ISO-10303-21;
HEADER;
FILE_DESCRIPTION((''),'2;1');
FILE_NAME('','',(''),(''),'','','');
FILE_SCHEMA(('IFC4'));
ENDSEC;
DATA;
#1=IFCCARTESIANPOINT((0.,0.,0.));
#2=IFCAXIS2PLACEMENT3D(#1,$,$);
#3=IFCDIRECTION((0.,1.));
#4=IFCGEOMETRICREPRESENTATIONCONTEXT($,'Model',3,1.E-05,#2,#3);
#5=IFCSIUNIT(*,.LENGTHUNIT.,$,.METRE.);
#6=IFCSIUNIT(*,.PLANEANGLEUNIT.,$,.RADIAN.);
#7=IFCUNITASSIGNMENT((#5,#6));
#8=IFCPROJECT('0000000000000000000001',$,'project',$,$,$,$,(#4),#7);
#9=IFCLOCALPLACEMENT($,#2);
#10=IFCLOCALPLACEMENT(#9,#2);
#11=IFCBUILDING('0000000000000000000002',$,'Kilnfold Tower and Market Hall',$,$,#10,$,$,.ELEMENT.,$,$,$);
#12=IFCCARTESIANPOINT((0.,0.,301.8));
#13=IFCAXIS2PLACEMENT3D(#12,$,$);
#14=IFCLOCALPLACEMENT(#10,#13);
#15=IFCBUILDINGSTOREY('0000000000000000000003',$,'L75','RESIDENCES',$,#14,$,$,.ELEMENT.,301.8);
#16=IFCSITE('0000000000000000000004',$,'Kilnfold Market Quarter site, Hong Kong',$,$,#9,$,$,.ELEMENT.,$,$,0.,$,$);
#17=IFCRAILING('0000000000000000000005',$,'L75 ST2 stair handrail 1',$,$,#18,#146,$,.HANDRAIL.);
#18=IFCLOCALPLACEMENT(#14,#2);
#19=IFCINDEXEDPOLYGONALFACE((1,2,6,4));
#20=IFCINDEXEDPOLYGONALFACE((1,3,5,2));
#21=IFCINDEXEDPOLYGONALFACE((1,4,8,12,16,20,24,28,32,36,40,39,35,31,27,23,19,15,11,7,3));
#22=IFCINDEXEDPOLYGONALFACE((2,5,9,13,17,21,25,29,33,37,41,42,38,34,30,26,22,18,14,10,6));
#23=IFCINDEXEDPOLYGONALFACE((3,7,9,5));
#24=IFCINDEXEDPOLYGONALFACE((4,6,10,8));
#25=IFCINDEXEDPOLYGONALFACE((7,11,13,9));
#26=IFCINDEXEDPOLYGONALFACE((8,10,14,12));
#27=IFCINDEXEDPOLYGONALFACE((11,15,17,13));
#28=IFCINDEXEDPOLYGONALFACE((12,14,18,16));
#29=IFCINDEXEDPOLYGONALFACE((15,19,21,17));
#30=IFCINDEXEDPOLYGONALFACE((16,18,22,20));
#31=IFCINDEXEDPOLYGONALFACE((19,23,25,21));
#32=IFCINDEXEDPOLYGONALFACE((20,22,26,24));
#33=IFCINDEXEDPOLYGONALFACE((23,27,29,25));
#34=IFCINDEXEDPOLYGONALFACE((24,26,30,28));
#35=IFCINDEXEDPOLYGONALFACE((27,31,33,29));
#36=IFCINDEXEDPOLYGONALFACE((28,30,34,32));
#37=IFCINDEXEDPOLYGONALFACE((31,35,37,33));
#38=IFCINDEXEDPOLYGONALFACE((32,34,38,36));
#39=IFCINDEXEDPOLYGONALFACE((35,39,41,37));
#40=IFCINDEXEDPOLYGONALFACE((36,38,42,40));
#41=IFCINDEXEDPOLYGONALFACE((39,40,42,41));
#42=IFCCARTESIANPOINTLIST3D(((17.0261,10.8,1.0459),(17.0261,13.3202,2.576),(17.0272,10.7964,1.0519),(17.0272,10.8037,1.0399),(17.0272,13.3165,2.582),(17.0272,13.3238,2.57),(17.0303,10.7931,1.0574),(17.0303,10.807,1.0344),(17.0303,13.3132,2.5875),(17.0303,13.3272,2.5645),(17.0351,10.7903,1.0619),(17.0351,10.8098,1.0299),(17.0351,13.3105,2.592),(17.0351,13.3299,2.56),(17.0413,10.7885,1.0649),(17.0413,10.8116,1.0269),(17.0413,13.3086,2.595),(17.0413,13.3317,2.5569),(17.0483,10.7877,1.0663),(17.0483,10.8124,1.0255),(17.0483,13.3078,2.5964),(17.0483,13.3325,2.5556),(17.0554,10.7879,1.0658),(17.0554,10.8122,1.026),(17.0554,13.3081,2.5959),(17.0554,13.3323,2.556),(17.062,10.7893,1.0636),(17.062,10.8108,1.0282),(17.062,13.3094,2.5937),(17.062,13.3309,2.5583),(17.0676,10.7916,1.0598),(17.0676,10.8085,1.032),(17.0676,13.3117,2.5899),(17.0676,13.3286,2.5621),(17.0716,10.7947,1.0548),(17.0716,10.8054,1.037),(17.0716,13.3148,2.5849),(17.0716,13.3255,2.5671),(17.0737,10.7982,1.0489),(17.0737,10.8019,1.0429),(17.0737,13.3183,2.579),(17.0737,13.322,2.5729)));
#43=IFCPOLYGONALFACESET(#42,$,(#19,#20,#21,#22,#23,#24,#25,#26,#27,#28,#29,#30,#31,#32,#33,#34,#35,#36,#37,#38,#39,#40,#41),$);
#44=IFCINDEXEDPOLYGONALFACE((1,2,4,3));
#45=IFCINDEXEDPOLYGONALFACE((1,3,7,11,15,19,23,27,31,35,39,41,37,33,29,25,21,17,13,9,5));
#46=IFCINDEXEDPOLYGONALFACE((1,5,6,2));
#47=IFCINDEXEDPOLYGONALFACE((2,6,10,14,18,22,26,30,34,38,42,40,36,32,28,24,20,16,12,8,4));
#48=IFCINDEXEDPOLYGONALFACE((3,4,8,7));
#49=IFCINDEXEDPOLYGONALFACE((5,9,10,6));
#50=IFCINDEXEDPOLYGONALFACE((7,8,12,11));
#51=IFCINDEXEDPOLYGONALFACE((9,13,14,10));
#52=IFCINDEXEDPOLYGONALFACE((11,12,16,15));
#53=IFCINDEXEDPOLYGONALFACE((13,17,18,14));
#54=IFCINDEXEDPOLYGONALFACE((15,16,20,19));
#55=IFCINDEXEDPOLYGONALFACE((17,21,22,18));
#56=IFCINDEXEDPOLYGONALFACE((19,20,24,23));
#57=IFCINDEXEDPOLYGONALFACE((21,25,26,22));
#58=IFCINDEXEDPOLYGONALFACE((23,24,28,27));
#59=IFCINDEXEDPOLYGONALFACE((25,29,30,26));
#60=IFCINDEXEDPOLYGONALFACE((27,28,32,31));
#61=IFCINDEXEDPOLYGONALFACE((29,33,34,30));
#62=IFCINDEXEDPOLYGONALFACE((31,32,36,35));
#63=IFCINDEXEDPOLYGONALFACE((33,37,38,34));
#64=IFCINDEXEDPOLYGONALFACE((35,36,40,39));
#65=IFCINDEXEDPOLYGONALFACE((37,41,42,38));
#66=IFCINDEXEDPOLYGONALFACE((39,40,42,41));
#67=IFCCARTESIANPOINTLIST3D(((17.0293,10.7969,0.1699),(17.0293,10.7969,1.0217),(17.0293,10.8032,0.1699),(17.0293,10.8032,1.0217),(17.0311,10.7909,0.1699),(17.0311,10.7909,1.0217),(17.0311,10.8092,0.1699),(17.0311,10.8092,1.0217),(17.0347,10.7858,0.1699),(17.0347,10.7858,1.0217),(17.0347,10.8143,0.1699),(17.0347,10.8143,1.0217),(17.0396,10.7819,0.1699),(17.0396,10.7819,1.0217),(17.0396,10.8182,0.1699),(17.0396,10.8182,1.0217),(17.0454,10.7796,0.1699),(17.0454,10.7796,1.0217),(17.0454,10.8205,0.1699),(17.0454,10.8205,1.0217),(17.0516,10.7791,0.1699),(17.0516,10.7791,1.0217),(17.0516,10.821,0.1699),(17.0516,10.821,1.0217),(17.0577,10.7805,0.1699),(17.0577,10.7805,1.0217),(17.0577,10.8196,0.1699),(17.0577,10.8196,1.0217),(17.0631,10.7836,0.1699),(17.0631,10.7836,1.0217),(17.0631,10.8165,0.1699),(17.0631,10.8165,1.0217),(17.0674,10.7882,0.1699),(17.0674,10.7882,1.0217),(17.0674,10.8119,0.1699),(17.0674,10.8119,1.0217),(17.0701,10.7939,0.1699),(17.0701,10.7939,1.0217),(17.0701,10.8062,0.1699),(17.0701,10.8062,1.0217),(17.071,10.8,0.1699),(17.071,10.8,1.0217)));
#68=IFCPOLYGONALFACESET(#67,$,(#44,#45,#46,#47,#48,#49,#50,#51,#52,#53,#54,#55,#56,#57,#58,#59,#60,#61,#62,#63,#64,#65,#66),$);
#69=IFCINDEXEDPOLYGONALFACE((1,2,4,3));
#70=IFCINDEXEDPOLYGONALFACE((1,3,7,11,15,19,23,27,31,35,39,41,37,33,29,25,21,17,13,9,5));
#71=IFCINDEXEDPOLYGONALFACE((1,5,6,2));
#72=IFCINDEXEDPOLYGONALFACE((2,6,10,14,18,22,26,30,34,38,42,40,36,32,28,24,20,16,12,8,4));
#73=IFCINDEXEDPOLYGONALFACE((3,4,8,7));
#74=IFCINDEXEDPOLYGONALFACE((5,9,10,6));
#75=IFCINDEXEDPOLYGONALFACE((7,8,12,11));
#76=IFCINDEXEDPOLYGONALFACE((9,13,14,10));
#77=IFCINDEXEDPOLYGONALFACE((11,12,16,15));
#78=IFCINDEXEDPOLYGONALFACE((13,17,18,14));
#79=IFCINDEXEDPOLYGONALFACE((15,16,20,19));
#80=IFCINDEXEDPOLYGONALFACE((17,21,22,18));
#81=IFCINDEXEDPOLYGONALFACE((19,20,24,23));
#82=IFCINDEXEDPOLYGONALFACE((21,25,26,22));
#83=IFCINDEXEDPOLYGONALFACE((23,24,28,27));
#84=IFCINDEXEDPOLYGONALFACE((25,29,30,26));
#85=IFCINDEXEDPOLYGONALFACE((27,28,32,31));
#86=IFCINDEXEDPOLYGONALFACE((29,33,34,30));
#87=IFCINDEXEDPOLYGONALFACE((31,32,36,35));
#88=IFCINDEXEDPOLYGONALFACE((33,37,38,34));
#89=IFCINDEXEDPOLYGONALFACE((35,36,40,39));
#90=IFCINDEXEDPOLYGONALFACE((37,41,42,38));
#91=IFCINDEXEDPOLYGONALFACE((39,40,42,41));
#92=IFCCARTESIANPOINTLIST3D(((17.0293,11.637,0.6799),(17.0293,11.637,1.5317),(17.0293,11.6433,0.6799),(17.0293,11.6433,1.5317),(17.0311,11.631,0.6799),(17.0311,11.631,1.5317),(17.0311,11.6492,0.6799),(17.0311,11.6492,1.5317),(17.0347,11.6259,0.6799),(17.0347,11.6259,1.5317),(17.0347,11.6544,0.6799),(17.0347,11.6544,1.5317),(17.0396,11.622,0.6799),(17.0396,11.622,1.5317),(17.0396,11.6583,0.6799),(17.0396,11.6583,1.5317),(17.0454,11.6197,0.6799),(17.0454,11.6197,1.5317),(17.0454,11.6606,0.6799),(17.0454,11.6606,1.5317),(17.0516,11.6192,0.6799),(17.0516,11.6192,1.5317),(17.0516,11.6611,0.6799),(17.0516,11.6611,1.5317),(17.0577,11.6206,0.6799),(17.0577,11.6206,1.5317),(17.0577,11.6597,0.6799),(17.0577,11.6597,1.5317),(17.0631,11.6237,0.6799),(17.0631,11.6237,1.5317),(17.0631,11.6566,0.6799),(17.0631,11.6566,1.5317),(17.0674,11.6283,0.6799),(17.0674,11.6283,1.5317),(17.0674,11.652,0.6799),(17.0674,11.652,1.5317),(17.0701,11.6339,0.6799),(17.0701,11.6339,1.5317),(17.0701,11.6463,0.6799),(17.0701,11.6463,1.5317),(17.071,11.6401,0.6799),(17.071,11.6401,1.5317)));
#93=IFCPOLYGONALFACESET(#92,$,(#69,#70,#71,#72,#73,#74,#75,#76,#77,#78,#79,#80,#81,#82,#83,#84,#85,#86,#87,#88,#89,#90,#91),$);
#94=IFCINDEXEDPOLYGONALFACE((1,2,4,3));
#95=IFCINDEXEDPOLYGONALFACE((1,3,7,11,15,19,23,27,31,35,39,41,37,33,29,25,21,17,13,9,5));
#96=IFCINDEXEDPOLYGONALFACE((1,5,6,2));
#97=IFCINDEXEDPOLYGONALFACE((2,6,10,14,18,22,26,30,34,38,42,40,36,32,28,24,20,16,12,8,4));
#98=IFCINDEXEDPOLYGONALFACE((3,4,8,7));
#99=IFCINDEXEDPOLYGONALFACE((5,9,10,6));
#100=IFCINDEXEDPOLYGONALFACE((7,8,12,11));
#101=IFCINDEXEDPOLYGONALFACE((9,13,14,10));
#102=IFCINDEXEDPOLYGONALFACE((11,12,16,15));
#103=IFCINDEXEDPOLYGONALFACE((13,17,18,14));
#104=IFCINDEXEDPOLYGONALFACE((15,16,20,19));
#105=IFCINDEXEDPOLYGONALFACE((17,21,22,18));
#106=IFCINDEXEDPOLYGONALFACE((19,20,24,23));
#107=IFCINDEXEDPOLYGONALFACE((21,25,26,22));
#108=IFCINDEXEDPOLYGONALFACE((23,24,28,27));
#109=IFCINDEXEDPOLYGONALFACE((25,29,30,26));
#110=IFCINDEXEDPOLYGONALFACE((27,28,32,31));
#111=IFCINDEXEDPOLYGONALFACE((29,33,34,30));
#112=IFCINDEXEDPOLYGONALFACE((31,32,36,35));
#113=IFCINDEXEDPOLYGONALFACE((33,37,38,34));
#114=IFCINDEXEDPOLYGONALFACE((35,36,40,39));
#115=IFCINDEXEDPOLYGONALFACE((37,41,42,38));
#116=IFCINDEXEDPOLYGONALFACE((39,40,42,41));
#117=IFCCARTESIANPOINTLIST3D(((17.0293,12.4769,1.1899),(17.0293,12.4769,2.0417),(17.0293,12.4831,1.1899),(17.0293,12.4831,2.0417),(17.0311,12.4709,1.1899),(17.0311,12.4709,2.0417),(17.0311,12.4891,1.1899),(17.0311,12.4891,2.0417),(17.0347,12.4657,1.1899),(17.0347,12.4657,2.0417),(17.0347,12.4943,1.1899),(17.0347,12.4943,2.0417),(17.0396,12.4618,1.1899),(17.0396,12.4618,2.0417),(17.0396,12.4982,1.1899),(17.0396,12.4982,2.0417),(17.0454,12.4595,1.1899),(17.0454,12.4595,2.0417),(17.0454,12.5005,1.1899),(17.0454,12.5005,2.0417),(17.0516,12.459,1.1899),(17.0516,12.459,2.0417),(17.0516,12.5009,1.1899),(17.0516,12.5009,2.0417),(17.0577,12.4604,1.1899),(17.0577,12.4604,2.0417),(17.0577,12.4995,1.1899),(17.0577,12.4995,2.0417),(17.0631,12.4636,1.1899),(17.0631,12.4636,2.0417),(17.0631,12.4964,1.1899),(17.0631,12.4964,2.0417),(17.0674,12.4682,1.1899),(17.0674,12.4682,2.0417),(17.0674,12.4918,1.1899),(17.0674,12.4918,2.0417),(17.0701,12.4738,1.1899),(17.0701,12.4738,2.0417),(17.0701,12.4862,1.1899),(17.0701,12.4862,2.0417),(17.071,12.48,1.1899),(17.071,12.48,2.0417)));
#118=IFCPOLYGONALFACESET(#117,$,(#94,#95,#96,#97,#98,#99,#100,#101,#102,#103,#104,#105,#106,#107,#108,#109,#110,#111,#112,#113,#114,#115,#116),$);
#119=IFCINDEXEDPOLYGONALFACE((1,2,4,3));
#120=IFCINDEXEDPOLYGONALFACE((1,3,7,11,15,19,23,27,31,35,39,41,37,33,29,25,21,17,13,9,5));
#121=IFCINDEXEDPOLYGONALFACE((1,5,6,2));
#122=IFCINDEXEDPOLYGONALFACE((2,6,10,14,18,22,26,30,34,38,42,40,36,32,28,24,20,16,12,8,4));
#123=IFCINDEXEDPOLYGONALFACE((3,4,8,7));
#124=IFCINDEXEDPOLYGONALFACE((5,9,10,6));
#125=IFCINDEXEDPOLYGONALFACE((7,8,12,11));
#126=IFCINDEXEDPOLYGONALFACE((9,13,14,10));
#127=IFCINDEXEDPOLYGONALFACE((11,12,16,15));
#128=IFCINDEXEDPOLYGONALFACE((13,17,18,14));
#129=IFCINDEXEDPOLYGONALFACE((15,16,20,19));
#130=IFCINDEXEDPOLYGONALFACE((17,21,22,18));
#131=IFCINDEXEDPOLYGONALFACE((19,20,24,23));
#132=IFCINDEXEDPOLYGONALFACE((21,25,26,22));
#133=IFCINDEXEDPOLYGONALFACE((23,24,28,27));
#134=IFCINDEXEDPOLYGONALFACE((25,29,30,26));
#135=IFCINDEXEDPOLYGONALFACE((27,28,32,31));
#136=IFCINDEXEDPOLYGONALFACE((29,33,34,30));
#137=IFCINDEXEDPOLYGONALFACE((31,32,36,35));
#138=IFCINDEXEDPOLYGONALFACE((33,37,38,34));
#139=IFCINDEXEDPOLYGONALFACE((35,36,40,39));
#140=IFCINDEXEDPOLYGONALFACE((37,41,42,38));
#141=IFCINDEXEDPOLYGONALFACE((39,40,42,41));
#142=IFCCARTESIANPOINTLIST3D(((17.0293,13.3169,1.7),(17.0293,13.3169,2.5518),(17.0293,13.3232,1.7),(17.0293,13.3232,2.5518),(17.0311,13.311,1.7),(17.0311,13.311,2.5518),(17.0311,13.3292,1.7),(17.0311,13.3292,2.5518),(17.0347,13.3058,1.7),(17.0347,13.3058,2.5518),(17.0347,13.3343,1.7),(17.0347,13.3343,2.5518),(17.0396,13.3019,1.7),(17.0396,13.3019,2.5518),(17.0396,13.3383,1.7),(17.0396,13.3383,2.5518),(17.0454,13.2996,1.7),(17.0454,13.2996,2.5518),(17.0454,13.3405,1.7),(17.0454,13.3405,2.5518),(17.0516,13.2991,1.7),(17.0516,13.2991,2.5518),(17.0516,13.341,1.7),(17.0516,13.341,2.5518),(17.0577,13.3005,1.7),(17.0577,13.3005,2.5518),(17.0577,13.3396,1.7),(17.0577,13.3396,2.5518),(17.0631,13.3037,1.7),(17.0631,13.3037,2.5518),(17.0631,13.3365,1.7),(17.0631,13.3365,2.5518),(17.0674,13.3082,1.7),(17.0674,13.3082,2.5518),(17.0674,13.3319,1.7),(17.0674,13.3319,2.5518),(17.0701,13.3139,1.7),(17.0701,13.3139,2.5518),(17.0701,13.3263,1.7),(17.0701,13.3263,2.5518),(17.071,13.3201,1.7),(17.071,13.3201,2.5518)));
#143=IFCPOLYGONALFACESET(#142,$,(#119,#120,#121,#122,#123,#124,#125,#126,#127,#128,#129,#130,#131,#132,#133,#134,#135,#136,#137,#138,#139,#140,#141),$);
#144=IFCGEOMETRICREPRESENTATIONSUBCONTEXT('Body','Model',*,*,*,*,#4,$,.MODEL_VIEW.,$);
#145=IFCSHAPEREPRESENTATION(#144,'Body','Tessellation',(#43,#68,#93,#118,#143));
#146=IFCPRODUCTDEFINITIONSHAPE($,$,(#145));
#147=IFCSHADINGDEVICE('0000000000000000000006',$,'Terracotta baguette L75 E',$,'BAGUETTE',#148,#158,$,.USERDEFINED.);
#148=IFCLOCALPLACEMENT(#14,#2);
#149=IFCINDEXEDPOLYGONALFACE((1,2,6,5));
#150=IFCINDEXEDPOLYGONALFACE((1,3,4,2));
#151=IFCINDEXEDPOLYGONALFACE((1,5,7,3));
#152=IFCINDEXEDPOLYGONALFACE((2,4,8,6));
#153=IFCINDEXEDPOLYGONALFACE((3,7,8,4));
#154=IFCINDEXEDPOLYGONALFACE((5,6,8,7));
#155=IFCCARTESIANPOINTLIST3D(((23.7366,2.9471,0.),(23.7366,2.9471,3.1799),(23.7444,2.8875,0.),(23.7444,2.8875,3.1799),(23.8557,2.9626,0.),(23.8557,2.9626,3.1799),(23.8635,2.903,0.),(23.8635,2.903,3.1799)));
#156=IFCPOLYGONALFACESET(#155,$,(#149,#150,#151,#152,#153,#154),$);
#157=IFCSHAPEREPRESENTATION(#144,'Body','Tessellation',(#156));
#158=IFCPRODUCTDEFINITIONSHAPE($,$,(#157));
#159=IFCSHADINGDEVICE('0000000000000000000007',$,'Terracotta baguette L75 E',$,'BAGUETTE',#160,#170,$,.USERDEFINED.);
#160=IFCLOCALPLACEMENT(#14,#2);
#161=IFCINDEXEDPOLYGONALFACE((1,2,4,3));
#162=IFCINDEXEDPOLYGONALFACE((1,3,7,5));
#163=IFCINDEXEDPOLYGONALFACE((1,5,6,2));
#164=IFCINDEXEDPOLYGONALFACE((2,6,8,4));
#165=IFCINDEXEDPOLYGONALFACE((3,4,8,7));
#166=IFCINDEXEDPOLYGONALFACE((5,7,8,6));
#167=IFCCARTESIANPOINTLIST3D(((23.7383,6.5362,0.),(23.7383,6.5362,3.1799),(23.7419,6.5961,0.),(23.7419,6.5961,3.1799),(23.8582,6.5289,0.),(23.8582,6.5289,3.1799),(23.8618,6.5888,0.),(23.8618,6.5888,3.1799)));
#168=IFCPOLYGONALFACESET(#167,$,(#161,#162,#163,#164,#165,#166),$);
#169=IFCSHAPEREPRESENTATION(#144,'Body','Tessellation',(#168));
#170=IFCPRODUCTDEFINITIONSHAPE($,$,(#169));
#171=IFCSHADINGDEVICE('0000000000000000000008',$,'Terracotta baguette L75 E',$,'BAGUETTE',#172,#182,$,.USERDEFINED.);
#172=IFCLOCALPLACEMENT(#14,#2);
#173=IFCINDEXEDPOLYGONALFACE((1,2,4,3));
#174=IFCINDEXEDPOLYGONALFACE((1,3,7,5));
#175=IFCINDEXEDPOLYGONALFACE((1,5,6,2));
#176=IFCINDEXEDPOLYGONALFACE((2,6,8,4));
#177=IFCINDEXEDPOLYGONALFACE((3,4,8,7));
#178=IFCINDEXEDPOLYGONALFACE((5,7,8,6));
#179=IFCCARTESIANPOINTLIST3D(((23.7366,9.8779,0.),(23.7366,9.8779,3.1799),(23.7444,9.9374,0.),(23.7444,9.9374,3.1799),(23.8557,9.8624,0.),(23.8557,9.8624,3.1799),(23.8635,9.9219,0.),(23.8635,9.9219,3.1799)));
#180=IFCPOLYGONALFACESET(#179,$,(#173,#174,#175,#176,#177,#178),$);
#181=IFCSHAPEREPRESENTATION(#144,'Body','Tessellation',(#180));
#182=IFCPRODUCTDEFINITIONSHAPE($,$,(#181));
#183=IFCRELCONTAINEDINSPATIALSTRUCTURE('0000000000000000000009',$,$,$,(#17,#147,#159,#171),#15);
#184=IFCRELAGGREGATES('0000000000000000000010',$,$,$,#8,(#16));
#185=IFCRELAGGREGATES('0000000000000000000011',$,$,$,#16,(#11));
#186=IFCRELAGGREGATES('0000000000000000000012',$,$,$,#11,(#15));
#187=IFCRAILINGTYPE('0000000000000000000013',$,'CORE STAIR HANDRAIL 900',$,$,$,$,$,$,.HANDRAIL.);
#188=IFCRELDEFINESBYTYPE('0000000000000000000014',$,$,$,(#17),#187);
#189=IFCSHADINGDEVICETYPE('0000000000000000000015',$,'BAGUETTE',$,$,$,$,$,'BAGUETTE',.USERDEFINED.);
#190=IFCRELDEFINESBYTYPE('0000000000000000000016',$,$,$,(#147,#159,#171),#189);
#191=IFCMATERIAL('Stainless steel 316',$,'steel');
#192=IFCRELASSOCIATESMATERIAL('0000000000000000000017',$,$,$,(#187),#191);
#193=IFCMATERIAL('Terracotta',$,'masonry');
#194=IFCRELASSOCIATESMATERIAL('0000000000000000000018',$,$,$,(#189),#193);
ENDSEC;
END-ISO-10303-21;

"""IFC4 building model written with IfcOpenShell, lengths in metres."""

from ifc_helpers import new_model, si_unit, direction, frame, origin, origin_2d, place, context, subcontext, project, spatial, rectangle, circle, extrude, source, transform, mapped, material, material_profile, profile_set, type_object, element, save


model = new_model("IFC4")

# Units and contexts
model_context = context("Model", 3, precision=1e-05, world=origin(), true_north=direction((0.0, 1.0)))
body_context = subcontext(model_context, "Body", "Model", "MODEL_VIEW")
ifc_project = project(units=[si_unit("LENGTHUNIT", "METRE"), si_unit("PLANEANGLEUNIT", "RADIAN")], contexts=[model_context])

# Site, building, storey
site_placement = place(None, origin())
site = spatial("IfcSite", under=ifc_project, at=site_placement, Name="Kilnfold Market Quarter site, Hong Kong", CompositionType="ELEMENT", RefElevation=0.0)
building_placement = place(site_placement, origin())
building = spatial("IfcBuilding", under=site, at=building_placement, Name="Kilnfold Tower and Market Hall", CompositionType="ELEMENT")
storey_placement = place(building_placement, frame((0.0, 0.0, 301.8)))
storey = spatial("IfcBuildingStorey", under=building, at=storey_placement, Name="L75", Description="RESIDENCES", CompositionType="ELEMENT", Elevation=301.8)

# Railing
ifc_material_1 = material(Name="Stainless steel 316", Category="steel")
railing_type_1 = type_object("IfcRailingType", Name="CORE STAIR HANDRAIL 900", PredefinedType="HANDRAIL", material=ifc_material_1)
railing_1_placement = place(storey_placement, frame((17.05, 10.8, 0.1699)))
element("IfcRailing", 1, at=railing_1_placement, inside=storey, type_object=railing_type_1, Name="L75 ST2 stair handrail 1", PredefinedType="HANDRAIL", context=body_context, shape_type="SweptSolid", body=[
    extrude(circle(Radius=0.0239, at=origin_2d()), frame((0.0, 0.0, 0.876), z_axis=(0.0, 0.854785, 0.518982), x_axis=(-1.0, 0.0, 0.0)), (0.0, 0.0, 1.0), 2.9482),
    extrude(circle(Radius=0.021, at=origin_2d()), origin(), (0.0, 0.0, 1.0), 0.8518),
    extrude(circle(Radius=0.021, at=origin_2d()), frame((0.0, 0.8401, 0.51)), (0.0, 0.0, 1.0), 0.8518),
    extrude(circle(Radius=0.021, at=origin_2d()), frame((0.0, 1.6799, 1.02)), (0.0, 0.0, 1.0), 0.8518),
    extrude(circle(Radius=0.021, at=origin_2d()), frame((0.0, 2.52, 1.53)), (0.0, 0.0, 1.0), 0.8518),
])

# Shading devices
ifc_material_2 = material(Name="Terracotta", Category="masonry")
ifc_material_profile_1 = material_profile(ifc_material_2, rectangle(XDim=0.0601, YDim=0.1201, at=origin_2d()), Name="BAG 60x120")
ifc_profile_set_1 = profile_set([ifc_material_profile_1], Name="Terracotta")
shading_device_type = type_object("IfcShadingDeviceType", Name="BAGUETTE", ElementType="BAGUETTE", PredefinedType="USERDEFINED", material=ifc_profile_set_1)
shared_shape_1 = source(origin(), body_context, "Body", "SweptSolid", [
    extrude(rectangle(XDim=0.0601, YDim=0.1201, at=origin_2d()), origin(), (0.0, 0.0, 1.0), 3.1799),
])
for number, where, z_axis, x_axis, name in (
    (2, (23.8, 2.925, 0.0), (0.0, 0.0, 1.0), (-0.128789, 0.991672, 0.0), "Terracotta baguette L75 E"),
    (3, (23.8, 6.5625, 0.0), (0.0, 0.0, 1.0), (0.060897, 0.998144, 0.0), "Terracotta baguette L75 E"),
    (4, (23.8, 9.8999, 0.0), (0.0, 0.0, 1.0), (0.12937, 0.991596, 0.0), "Terracotta baguette L75 E"),
):
    element("IfcShadingDevice", number, at=place(storey_placement, frame(where, z_axis=z_axis, x_axis=x_axis)), inside=storey, type_object=shading_device_type, Name=name, ObjectType="BAGUETTE", PredefinedType="USERDEFINED", context=body_context, shape_type="MappedRepresentation", body=[
        mapped(shared_shape_1, transform((0.0, 0.0, 0.0))),
    ])

save(model, "model.ifc")
